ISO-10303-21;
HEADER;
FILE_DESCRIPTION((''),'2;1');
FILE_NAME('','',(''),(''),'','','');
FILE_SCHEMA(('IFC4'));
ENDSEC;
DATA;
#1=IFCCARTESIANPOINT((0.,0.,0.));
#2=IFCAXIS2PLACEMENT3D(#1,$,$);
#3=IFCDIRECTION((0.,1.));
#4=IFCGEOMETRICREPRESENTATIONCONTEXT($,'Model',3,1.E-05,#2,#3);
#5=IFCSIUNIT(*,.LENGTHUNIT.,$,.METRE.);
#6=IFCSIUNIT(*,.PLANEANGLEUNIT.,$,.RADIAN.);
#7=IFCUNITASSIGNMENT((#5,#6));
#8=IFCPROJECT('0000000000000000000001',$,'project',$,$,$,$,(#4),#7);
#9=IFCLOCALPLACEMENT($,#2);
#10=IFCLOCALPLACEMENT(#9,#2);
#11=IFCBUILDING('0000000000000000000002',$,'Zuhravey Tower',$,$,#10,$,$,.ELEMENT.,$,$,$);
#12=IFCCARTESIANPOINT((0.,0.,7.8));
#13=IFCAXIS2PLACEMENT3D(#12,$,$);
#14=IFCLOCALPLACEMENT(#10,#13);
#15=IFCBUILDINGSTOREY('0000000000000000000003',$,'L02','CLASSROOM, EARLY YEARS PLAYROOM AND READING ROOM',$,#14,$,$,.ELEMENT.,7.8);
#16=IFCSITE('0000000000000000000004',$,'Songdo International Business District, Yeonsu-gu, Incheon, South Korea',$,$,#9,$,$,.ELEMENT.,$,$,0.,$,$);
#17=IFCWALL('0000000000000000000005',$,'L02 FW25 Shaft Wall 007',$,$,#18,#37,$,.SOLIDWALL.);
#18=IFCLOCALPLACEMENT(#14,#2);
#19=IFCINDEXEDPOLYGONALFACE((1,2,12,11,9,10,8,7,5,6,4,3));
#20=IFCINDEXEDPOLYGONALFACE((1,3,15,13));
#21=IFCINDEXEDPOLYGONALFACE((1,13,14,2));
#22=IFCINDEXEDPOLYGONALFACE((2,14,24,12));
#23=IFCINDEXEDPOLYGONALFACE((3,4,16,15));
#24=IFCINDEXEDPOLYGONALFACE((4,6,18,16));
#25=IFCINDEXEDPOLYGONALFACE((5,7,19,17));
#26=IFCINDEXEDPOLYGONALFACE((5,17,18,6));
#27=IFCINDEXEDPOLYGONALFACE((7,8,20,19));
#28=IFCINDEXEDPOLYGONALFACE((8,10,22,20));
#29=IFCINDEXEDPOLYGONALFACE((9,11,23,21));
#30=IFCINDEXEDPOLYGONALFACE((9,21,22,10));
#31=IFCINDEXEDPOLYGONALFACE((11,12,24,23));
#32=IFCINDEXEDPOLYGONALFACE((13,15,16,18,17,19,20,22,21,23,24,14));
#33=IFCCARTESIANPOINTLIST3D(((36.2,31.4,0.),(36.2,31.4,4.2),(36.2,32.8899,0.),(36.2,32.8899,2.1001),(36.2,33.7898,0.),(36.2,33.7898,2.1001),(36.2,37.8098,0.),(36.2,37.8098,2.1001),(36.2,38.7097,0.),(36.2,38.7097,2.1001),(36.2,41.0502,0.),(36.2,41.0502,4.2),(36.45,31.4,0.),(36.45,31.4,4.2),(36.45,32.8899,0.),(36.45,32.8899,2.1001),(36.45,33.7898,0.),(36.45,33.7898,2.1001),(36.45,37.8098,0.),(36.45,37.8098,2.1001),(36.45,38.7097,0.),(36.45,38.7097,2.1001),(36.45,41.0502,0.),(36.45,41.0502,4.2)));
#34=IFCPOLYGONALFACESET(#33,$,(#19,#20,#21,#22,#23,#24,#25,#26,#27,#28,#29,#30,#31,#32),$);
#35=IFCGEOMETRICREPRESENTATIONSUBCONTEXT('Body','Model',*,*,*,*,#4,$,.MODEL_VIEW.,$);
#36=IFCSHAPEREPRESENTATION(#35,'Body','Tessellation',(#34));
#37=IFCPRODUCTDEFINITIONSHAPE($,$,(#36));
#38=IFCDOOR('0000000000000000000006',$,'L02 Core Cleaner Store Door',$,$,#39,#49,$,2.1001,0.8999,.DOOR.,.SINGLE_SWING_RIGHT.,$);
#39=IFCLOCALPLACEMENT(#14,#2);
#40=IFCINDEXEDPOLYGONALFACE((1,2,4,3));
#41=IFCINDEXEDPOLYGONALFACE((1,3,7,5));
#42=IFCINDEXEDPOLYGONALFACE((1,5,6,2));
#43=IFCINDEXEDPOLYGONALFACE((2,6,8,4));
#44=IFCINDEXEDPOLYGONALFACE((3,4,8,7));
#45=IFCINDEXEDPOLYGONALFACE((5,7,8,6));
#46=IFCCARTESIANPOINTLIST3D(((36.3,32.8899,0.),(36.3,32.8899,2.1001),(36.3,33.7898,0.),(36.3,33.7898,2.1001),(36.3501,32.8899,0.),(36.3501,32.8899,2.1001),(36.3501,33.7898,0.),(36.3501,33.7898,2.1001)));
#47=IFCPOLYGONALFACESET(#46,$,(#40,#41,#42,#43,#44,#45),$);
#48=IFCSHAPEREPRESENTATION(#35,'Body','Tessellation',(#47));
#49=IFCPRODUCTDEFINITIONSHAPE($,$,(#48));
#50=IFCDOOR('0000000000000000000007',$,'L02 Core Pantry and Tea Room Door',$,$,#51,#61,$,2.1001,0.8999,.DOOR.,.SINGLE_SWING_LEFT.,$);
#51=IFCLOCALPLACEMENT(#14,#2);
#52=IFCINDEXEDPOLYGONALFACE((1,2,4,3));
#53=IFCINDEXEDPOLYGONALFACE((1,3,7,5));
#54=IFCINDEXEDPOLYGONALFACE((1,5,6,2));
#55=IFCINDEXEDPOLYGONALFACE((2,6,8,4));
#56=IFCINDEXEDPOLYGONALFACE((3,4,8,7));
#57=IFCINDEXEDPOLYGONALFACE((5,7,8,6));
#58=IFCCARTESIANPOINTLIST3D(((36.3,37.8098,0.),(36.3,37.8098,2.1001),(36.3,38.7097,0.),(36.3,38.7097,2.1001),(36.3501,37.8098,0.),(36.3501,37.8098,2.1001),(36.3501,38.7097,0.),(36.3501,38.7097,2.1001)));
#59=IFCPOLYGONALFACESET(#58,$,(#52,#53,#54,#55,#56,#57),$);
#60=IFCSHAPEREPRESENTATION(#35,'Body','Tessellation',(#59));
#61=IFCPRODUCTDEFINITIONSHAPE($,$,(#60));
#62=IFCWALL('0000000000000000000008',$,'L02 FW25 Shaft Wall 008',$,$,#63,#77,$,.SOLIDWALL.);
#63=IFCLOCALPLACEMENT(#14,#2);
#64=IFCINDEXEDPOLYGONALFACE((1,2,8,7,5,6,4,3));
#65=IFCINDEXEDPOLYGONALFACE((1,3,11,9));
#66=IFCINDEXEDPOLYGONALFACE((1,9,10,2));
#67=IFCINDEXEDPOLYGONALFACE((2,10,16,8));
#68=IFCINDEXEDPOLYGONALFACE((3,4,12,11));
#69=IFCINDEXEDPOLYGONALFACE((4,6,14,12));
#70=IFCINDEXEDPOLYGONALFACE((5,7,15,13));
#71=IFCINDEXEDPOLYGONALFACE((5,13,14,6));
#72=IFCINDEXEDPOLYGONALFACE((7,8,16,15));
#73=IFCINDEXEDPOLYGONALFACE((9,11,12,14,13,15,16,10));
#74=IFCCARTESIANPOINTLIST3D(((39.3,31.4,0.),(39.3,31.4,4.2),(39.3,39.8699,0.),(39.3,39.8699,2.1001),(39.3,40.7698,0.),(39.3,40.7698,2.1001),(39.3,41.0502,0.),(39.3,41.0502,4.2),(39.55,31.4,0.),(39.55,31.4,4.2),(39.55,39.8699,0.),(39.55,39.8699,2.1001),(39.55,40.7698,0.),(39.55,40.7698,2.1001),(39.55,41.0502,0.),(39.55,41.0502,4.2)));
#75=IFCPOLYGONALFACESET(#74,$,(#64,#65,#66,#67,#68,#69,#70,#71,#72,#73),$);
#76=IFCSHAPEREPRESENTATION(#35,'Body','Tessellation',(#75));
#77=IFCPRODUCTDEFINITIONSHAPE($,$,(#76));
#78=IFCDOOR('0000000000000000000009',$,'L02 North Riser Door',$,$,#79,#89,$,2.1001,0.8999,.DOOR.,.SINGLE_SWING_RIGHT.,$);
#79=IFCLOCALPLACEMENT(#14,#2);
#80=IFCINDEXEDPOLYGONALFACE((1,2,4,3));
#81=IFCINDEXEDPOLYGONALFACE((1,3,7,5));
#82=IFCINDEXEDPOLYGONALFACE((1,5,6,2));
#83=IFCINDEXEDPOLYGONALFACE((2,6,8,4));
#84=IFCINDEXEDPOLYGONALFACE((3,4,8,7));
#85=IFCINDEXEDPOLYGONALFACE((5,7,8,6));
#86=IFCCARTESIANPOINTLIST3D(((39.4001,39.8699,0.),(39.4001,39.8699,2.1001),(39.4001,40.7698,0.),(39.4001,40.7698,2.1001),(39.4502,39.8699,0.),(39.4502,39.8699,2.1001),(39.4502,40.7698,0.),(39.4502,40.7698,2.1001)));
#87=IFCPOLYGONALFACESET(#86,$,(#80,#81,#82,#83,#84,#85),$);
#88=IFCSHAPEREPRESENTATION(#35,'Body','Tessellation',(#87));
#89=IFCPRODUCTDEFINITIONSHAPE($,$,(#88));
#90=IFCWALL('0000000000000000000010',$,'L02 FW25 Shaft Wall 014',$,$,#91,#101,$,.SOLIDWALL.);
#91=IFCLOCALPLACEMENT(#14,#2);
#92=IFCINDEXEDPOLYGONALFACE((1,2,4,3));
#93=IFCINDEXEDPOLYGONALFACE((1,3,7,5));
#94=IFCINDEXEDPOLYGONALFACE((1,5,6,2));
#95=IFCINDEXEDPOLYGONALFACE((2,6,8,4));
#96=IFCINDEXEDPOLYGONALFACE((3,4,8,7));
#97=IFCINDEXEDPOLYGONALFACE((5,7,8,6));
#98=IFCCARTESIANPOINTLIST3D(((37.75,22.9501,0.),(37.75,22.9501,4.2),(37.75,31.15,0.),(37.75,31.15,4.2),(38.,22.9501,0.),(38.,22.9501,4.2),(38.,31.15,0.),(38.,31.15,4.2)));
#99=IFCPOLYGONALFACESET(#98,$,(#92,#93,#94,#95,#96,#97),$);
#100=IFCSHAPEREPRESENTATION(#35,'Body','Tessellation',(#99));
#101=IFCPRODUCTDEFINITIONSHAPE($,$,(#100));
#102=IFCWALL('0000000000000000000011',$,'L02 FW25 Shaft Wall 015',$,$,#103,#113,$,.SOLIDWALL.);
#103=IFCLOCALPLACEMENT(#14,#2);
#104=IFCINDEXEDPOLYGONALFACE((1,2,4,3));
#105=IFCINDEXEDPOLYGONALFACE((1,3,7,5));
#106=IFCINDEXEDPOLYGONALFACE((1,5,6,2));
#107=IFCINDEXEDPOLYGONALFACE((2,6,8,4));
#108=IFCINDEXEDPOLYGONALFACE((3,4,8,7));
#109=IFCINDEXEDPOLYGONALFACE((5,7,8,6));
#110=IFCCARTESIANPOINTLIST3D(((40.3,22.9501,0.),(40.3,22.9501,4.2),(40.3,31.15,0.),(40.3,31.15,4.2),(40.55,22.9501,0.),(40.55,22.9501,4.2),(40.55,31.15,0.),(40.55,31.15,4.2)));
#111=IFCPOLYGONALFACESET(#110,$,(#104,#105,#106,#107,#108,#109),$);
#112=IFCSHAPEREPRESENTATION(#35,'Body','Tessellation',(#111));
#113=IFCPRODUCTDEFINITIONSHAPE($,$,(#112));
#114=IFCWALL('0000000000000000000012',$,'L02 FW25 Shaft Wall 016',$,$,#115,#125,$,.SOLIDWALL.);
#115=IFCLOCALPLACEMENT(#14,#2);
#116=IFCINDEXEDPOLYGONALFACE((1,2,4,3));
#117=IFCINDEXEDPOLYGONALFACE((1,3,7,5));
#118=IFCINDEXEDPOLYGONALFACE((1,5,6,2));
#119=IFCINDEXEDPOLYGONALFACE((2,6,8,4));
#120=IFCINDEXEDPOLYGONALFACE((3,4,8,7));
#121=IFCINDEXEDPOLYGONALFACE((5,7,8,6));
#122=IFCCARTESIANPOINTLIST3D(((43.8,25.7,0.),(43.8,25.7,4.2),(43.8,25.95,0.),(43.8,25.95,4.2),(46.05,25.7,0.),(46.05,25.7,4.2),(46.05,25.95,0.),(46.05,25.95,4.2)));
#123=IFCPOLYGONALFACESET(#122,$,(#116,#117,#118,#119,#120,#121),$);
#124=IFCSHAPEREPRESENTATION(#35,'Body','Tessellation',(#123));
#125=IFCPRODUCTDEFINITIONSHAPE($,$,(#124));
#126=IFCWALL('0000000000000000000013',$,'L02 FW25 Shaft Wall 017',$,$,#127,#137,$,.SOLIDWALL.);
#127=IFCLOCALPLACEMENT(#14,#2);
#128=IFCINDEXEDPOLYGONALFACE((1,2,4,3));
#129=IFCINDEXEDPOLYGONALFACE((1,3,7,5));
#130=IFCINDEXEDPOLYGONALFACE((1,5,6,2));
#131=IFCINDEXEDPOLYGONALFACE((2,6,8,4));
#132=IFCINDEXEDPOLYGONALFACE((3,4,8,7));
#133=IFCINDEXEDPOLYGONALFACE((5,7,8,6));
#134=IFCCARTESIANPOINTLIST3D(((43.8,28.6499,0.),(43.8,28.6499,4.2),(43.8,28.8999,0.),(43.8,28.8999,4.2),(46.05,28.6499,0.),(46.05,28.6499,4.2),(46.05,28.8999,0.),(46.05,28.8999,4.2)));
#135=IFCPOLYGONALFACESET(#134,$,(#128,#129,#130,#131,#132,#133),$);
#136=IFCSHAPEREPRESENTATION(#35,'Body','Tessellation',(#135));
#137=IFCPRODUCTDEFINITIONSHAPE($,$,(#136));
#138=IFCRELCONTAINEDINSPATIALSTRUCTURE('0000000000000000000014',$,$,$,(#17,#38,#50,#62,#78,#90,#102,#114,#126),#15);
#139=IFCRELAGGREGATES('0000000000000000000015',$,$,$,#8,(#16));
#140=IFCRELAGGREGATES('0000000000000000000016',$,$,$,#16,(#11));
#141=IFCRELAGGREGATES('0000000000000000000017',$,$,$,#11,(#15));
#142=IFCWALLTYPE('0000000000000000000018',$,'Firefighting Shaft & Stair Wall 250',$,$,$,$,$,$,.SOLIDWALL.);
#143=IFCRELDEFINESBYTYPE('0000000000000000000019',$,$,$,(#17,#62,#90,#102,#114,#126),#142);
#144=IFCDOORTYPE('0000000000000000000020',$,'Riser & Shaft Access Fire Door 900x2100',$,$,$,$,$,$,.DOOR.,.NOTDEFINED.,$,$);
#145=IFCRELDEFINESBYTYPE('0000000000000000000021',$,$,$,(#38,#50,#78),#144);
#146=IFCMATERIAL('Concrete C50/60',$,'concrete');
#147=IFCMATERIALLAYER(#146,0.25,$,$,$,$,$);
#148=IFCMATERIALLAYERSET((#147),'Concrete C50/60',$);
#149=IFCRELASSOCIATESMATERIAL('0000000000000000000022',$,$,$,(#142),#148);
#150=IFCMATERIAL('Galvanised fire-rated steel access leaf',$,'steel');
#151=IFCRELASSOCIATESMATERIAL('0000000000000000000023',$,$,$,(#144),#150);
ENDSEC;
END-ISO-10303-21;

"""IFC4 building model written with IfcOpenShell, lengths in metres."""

from ifc_helpers import new_model, si_unit, direction, frame, frame_2d, origin, place, context, subcontext, project, spatial, rectangle, extrude, material, layer, layer_set, type_object, element, fill, save


model = new_model("IFC4")

# Units and contexts
model_context = context("Model", 3, precision=1e-05, world=origin(), true_north=direction((0.0, 1.0)))
body_context = subcontext(model_context, "Body", "Model", "MODEL_VIEW")
ifc_project = project(units=[si_unit("LENGTHUNIT", "METRE"), si_unit("PLANEANGLEUNIT", "RADIAN")], contexts=[model_context])

# Site, building, storey
site_placement = place(None, origin())
site = spatial("IfcSite", under=ifc_project, at=site_placement, Name="Songdo International Business District, Yeonsu-gu, Incheon, South Korea", CompositionType="ELEMENT", RefElevation=0.0)
building_placement = place(site_placement, origin())
building = spatial("IfcBuilding", under=site, at=building_placement, Name="Zuhravey Tower", CompositionType="ELEMENT")
storey_placement = place(building_placement, frame((0.0, 0.0, 7.8)))
storey = spatial("IfcBuildingStorey", under=building, at=storey_placement, Name="L02", Description="CLASSROOM, EARLY YEARS PLAYROOM AND READING ROOM", CompositionType="ELEMENT", Elevation=7.8)

# Shared definitions
ifc_material_1 = material(Name="Concrete C50/60", Category="concrete")
ifc_layer_1 = layer(ifc_material_1, 0.25)
ifc_layer_set_1 = layer_set([ifc_layer_1], Name="Concrete C50/60")
wall_type_1 = type_object("IfcWallType", Name="Firefighting Shaft & Stair Wall 250", PredefinedType="SOLIDWALL", material=ifc_layer_set_1)

# Wall, openings, doors
wall_1_placement = place(storey_placement, frame((36.325, 31.3999, 0.0), z_axis=(0.0, 0.0, 1.0), x_axis=(0.0, 1.0, 0.0)))
wall_1 = element("IfcWall", 1, at=wall_1_placement, inside=storey, type_object=wall_type_1, Name="L02 FW25 Shaft Wall 007", PredefinedType="SOLIDWALL", context=body_context, shape_type="SweptSolid", body=[
    extrude(rectangle(XDim=9.6501, YDim=0.25, at=frame_2d((4.8252, 0.0))), origin(), (0.0, 0.0, 1.0), 4.2),
])
opening_1_placement = place(wall_1_placement, frame((1.49, 0.0, 0.0)))
opening_1 = element("IfcOpeningElement", 2, at=opening_1_placement, cuts=wall_1, PredefinedType="OPENING", context=body_context, shape_type="SweptSolid", body=[
    extrude(rectangle(XDim=0.8999, YDim=2.1001, at=frame_2d((0.45, 1.05))), frame((0.0, 0.137, 0.0), z_axis=(0.0, -1.0, 0.0), x_axis=(1.0, 0.0, 0.0)), (0.0, 0.0, 1.0), 0.2739),
])
opening_2_placement = place(wall_1_placement, frame((6.4099, 0.0, 0.0)))
opening_2 = element("IfcOpeningElement", 3, at=opening_2_placement, cuts=wall_1, PredefinedType="OPENING", context=body_context, shape_type="SweptSolid", body=[
    extrude(rectangle(XDim=0.8999, YDim=2.1001, at=frame_2d((0.45, 1.05))), frame((0.0, 0.137, 0.0), z_axis=(0.0, -1.0, 0.0), x_axis=(1.0, 0.0, 0.0)), (0.0, 0.0, 1.0), 0.2739),
])
ifc_material_2 = material(Name="Galvanised fire-rated steel access leaf", Category="steel")
door_type_1 = type_object("IfcDoorType", Name="Riser & Shaft Access Fire Door 900x2100", OperationType="NOTDEFINED", PredefinedType="DOOR", material=ifc_material_2)
door_1_placement = place(opening_1_placement, origin())
door_1 = element("IfcDoor", 4, at=door_1_placement, inside=storey, type_object=door_type_1, Name="L02 Core Cleaner Store Door", OperationType="SINGLE_SWING_RIGHT", OverallHeight=2.1001, OverallWidth=0.8999, PredefinedType="DOOR", context=body_context, shape_type="SweptSolid", body=[
    extrude(rectangle(XDim=0.8999, YDim=2.1001, at=frame_2d((0.45, 1.05))), frame((0.0, 0.0249, 0.0), z_axis=(0.0, -1.0, 0.0), x_axis=(1.0, 0.0, 0.0)), (0.0, 0.0, 1.0), 0.05),
])
fill(opening_1, door_1)
door_2_placement = place(opening_2_placement, origin())
door_2 = element("IfcDoor", 5, at=door_2_placement, inside=storey, type_object=door_type_1, Name="L02 Core Pantry and Tea Room Door", OperationType="SINGLE_SWING_LEFT", OverallHeight=2.1001, OverallWidth=0.8999, PredefinedType="DOOR", context=body_context, shape_type="SweptSolid", body=[
    extrude(rectangle(XDim=0.8999, YDim=2.1001, at=frame_2d((0.45, 1.05))), frame((0.0, 0.0249, 0.0), z_axis=(0.0, -1.0, 0.0), x_axis=(1.0, 0.0, 0.0)), (0.0, 0.0, 1.0), 0.05),
])
fill(opening_2, door_2)

# Wall, opening, door
wall_2_placement = place(storey_placement, frame((39.425, 31.3999, 0.0), z_axis=(0.0, 0.0, 1.0), x_axis=(0.0, 1.0, 0.0)))
wall_2 = element("IfcWall", 6, at=wall_2_placement, inside=storey, type_object=wall_type_1, Name="L02 FW25 Shaft Wall 008", PredefinedType="SOLIDWALL", context=body_context, shape_type="SweptSolid", body=[
    extrude(rectangle(XDim=9.6501, YDim=0.25, at=frame_2d((4.8252, 0.0))), origin(), (0.0, 0.0, 1.0), 4.2),
])
opening_3_placement = place(wall_2_placement, frame((8.47, 0.0, 0.0)))
opening_3 = element("IfcOpeningElement", 7, at=opening_3_placement, cuts=wall_2, PredefinedType="OPENING", context=body_context, shape_type="SweptSolid", body=[
    extrude(rectangle(XDim=0.8999, YDim=2.1001, at=frame_2d((0.45, 1.05))), frame((0.0, 0.137, 0.0), z_axis=(0.0, -1.0, 0.0), x_axis=(1.0, 0.0, 0.0)), (0.0, 0.0, 1.0), 0.2739),
])
door_3_placement = place(opening_3_placement, origin())
door_3 = element("IfcDoor", 8, at=door_3_placement, inside=storey, type_object=door_type_1, Name="L02 North Riser Door", OperationType="SINGLE_SWING_RIGHT", OverallHeight=2.1001, OverallWidth=0.8999, PredefinedType="DOOR", context=body_context, shape_type="SweptSolid", body=[
    extrude(rectangle(XDim=0.8999, YDim=2.1001, at=frame_2d((0.45, 1.05))), frame((0.0, 0.0249, 0.0), z_axis=(0.0, -1.0, 0.0), x_axis=(1.0, 0.0, 0.0)), (0.0, 0.0, 1.0), 0.05),
])
fill(opening_3, door_3)

# Walls
for number, where, z_axis, x_axis, name in (
    (9, (37.875, 22.95, 0.0), (0.0, 0.0, 1.0), (0.0, 1.0, 0.0), "L02 FW25 Shaft Wall 014"),
    (10, (40.425, 22.95, 0.0), (0.0, 0.0, 1.0), (0.0, 1.0, 0.0), "L02 FW25 Shaft Wall 015"),
):
    element("IfcWall", number, at=place(storey_placement, frame(where, z_axis=z_axis, x_axis=x_axis)), inside=storey, type_object=wall_type_1, Name=name, PredefinedType="SOLIDWALL", context=body_context, shape_type="SweptSolid", body=[
        extrude(rectangle(XDim=8.2, YDim=0.25, at=frame_2d((4.1001, 0.0))), origin(), (0.0, 0.0, 1.0), 4.2),
    ])
for number, where, z_axis, x_axis, name in (
    (11, (43.8, 25.825, 0.0), (0.0, 0.0, 1.0), (1.0, 0.0, 0.0), "L02 FW25 Shaft Wall 016"),
    (12, (43.8, 28.7749, 0.0), (0.0, 0.0, 1.0), (1.0, 0.0, 0.0), "L02 FW25 Shaft Wall 017"),
):
    element("IfcWall", number, at=place(storey_placement, frame(where, z_axis=z_axis, x_axis=x_axis)), inside=storey, type_object=wall_type_1, Name=name, PredefinedType="SOLIDWALL", context=body_context, shape_type="SweptSolid", body=[
        extrude(rectangle(XDim=2.25, YDim=0.25, at=frame_2d((1.125, 0.0))), origin(), (0.0, 0.0, 1.0), 4.2),
    ])

save(model, "model.ifc")
